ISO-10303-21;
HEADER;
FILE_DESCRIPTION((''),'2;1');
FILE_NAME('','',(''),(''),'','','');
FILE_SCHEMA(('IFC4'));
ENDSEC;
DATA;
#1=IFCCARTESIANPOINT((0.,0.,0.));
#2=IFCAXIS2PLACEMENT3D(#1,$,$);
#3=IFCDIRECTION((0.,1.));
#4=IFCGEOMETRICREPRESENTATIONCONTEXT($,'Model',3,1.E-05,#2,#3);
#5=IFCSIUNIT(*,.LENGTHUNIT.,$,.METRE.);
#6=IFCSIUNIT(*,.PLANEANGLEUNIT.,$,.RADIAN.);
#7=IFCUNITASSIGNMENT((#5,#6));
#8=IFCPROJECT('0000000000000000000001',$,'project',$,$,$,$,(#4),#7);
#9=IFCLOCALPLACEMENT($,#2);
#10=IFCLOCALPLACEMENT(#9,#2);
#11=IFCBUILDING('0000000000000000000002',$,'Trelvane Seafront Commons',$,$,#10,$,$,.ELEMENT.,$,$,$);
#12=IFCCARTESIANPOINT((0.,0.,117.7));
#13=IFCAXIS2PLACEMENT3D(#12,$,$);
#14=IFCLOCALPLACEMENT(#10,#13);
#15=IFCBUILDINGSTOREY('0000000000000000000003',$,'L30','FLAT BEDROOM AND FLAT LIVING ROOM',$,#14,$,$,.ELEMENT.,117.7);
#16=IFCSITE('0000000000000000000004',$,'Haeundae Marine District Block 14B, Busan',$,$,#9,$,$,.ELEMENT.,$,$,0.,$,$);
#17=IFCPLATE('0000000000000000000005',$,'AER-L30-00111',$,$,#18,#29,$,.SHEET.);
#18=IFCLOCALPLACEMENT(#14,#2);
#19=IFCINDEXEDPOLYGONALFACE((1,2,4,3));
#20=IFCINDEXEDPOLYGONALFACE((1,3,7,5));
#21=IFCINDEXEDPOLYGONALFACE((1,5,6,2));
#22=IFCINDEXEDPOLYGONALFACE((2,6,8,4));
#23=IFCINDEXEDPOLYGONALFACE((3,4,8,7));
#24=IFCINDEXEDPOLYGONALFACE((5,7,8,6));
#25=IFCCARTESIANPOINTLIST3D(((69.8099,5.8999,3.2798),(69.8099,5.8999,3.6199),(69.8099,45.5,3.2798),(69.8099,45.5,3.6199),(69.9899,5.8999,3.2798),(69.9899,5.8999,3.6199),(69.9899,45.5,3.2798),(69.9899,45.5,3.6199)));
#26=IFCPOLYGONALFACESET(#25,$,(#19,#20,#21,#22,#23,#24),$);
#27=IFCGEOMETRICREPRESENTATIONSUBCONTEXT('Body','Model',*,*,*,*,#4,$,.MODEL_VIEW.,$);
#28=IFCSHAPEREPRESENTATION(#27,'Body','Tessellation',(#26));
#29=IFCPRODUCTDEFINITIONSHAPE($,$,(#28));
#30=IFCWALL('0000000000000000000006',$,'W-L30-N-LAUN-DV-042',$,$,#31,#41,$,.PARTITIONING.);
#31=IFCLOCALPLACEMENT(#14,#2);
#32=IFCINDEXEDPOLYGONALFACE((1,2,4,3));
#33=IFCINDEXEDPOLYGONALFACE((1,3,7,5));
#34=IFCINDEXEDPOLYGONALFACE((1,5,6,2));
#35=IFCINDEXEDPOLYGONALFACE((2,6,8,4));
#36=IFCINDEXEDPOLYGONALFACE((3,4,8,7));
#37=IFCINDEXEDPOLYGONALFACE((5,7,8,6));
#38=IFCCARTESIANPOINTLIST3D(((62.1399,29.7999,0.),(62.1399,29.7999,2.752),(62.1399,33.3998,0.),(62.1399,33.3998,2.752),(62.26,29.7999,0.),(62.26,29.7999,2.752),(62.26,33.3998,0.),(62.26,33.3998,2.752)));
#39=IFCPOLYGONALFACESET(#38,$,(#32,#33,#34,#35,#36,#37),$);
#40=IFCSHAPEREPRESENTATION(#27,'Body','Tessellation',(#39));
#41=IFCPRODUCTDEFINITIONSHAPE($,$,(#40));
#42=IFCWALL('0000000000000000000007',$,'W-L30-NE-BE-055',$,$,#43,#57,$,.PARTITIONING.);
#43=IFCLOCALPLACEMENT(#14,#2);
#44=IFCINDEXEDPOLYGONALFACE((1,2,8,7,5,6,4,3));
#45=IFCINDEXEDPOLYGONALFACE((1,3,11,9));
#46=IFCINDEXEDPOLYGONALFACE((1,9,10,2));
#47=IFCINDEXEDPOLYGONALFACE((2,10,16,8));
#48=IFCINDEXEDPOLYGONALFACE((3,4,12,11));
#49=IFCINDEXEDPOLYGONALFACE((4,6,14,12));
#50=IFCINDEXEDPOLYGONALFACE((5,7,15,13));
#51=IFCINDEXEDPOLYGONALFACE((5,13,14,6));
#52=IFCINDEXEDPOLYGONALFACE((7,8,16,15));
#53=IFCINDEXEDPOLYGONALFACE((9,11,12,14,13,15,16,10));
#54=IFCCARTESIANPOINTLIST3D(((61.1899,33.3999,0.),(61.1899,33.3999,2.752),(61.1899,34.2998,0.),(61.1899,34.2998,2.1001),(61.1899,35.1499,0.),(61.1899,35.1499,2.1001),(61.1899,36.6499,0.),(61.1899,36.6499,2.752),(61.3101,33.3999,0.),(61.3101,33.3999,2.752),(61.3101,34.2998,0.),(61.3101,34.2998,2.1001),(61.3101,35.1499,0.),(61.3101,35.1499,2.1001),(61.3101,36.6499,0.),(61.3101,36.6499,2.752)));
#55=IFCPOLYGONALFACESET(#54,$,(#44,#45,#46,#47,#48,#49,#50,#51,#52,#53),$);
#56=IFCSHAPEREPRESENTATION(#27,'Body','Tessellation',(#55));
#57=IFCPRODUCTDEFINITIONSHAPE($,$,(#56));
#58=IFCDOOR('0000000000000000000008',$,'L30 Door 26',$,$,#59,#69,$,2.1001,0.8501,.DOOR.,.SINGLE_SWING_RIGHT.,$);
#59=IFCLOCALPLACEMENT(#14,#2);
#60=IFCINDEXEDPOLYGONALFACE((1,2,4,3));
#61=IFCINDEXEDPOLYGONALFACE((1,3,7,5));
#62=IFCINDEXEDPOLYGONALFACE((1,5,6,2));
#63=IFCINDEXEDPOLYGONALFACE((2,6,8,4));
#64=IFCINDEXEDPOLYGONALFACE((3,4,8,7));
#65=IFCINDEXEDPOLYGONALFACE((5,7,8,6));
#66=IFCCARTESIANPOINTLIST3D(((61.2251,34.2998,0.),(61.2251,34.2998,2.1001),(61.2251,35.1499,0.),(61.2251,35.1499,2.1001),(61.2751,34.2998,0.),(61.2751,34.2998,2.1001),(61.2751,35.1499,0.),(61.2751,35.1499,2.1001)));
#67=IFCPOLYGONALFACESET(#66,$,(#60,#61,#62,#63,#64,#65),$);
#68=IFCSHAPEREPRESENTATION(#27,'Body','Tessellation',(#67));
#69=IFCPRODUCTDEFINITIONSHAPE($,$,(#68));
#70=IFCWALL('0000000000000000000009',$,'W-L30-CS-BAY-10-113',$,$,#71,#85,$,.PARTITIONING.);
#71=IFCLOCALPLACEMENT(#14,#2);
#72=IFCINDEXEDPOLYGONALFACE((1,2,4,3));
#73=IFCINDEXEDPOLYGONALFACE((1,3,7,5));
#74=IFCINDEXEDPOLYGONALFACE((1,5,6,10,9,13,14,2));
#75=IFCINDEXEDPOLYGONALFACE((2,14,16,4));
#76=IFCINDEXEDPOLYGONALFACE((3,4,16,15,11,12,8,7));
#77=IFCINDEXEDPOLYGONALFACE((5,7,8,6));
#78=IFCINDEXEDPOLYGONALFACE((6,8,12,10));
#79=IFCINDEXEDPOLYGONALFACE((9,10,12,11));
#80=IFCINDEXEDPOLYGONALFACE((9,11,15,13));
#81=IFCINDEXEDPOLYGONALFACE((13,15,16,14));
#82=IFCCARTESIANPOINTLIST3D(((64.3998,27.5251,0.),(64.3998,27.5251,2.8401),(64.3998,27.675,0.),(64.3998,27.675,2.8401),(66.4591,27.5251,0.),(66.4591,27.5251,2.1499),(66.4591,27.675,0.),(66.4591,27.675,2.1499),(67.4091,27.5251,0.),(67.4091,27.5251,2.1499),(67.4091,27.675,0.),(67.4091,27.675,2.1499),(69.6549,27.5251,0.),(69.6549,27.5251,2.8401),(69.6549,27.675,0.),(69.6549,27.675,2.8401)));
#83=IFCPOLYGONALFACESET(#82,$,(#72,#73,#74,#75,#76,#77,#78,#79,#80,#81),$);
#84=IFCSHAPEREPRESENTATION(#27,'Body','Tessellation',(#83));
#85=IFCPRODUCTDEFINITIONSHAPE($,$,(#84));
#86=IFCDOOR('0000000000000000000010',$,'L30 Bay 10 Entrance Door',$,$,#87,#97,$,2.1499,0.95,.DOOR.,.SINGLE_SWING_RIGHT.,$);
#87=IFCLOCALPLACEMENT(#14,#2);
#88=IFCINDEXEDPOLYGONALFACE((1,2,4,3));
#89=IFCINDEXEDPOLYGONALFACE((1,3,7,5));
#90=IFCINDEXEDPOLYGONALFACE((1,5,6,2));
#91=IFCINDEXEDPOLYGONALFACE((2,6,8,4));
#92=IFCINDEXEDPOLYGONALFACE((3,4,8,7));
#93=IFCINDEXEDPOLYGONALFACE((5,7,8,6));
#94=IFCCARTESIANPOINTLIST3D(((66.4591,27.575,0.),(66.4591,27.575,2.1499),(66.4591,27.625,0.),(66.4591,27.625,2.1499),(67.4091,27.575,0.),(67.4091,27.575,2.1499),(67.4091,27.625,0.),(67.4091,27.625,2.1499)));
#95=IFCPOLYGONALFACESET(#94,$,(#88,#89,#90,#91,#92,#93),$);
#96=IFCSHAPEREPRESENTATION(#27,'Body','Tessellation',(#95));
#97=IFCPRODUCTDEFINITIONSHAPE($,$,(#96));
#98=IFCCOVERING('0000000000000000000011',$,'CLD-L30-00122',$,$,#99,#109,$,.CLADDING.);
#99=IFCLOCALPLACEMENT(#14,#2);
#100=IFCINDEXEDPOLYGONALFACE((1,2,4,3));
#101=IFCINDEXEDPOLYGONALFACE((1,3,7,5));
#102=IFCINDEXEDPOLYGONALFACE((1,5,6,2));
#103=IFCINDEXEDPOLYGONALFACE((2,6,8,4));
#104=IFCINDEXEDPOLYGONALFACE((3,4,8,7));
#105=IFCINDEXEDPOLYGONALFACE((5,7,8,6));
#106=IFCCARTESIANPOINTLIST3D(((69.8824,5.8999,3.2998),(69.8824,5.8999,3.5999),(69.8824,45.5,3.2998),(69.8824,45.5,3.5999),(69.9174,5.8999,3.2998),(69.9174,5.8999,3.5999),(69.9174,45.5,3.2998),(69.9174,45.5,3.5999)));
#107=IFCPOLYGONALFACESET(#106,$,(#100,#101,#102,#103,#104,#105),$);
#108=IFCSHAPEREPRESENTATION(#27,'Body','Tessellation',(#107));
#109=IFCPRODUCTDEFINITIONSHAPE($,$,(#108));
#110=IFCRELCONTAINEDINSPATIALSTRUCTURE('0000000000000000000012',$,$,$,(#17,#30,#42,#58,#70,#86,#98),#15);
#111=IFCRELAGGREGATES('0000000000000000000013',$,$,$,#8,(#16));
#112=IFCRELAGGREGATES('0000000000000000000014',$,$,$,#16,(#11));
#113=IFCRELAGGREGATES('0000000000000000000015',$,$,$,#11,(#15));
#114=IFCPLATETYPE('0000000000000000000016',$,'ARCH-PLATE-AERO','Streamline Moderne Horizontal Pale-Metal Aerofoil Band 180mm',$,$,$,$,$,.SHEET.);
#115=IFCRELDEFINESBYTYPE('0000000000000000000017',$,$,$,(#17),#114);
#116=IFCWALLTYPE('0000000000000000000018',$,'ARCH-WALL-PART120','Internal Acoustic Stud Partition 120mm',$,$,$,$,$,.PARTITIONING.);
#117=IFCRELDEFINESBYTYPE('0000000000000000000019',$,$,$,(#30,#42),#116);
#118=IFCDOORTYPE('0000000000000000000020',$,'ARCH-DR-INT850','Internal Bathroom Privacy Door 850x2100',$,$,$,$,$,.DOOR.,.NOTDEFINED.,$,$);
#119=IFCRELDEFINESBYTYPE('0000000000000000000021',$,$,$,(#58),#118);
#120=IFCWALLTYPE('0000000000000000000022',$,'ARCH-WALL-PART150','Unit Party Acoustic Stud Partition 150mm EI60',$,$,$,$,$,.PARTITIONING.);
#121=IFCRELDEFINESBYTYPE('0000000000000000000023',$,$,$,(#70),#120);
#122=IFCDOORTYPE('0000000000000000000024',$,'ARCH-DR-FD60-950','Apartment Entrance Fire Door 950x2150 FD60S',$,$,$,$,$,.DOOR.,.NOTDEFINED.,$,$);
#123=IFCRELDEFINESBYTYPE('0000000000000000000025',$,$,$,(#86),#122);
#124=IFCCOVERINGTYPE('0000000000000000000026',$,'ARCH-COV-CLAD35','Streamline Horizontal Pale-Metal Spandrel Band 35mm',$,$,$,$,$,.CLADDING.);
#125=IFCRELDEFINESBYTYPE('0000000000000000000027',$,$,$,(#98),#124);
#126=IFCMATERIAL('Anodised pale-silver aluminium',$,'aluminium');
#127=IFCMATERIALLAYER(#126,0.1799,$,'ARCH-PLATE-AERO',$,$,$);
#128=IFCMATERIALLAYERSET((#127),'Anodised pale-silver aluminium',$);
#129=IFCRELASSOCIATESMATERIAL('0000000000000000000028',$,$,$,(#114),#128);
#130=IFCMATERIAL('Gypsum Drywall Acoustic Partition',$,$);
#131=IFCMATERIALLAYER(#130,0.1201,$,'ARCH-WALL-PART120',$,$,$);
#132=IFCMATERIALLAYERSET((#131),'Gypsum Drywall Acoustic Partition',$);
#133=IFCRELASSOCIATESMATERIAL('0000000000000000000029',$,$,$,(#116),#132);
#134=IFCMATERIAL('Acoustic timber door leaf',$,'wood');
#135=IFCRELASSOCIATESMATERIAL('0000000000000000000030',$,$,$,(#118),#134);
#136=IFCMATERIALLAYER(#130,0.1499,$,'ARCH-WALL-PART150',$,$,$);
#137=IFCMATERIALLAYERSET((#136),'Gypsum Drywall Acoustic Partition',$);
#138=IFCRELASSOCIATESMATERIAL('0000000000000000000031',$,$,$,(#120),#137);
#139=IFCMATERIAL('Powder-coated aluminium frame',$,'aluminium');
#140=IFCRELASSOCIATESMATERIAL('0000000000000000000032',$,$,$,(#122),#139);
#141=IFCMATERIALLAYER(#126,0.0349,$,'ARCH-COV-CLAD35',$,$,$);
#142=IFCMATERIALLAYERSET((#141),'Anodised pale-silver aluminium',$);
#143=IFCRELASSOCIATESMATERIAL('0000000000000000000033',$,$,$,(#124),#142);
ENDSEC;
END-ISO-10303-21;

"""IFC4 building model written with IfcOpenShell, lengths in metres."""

from ifc_helpers import new_model, si_unit, direction, frame, frame_2d, origin, origin_2d, place, context, subcontext, project, spatial, rectangle, extrude, source, transform, mapped, material, layer, layer_set, type_object, element, fill, save


model = new_model("IFC4")

# Units and contexts
model_context = context("Model", 3, precision=1e-05, world=origin(), true_north=direction((0.0, 1.0)))
body_context = subcontext(model_context, "Body", "Model", "MODEL_VIEW")
ifc_project = project(units=[si_unit("LENGTHUNIT", "METRE"), si_unit("PLANEANGLEUNIT", "RADIAN")], contexts=[model_context])

# Site, building, storey
site_placement = place(None, origin())
site = spatial("IfcSite", under=ifc_project, at=site_placement, Name="Haeundae Marine District Block 14B, Busan", CompositionType="ELEMENT", RefElevation=0.0)
building_placement = place(site_placement, origin())
building = spatial("IfcBuilding", under=site, at=building_placement, Name="Trelvane Seafront Commons", CompositionType="ELEMENT")
storey_placement = place(building_placement, frame((0.0, 0.0, 117.7)))
storey = spatial("IfcBuildingStorey", under=building, at=storey_placement, Name="L30", Description="FLAT BEDROOM AND FLAT LIVING ROOM", CompositionType="ELEMENT", Elevation=117.7)

# Plate
ifc_material_1 = material(Name="Anodised pale-silver aluminium", Category="aluminium")
ifc_layer_1 = layer(ifc_material_1, 0.1799, Name="ARCH-PLATE-AERO")
ifc_layer_set_1 = layer_set([ifc_layer_1], Name="Anodised pale-silver aluminium")
plate_type = type_object("IfcPlateType", Name="ARCH-PLATE-AERO", Description="Streamline Moderne Horizontal Pale-Metal Aerofoil Band 180mm", PredefinedType="SHEET", material=ifc_layer_set_1)
shared_shape_1 = source(origin(), body_context, "Body", "SweptSolid", [
    extrude(rectangle(XDim=39.6001, YDim=0.1799, at=origin_2d()), origin(), (0.0, 0.0, 1.0), 0.3401),
])
plate_placement = place(storey_placement, frame((69.8999, 25.7, 3.2798), z_axis=(0.0, 0.0, 1.0), x_axis=(0.0, -1.0, 0.0)))
element("IfcPlate", 1, at=plate_placement, inside=storey, type_object=plate_type, Name="AER-L30-00111", PredefinedType="SHEET", context=body_context, shape_type="MappedRepresentation", body=[
    mapped(shared_shape_1, transform((0.0, 0.0, 0.0), x_axis=(1.0, 0.0, 0.0), y_axis=(0.0, 1.0, 0.0), z_axis=(0.0, 0.0, 1.0), scale=1.0)),
])

# Wall
ifc_material_2 = material(Name="Gypsum Drywall Acoustic Partition")
ifc_layer_2 = layer(ifc_material_2, 0.1201, Name="ARCH-WALL-PART120")
ifc_layer_set_2 = layer_set([ifc_layer_2], Name="Gypsum Drywall Acoustic Partition")
wall_type_1 = type_object("IfcWallType", Name="ARCH-WALL-PART120", Description="Internal Acoustic Stud Partition 120mm", PredefinedType="PARTITIONING", material=ifc_layer_set_2)
wall_1_placement = place(storey_placement, frame((62.2, 29.8, 0.0), z_axis=(0.0, 0.0, 1.0), x_axis=(0.0, 1.0, 0.0)))
element("IfcWall", 2, at=wall_1_placement, inside=storey, type_object=wall_type_1, Name="W-L30-N-LAUN-DV-042", PredefinedType="PARTITIONING", context=body_context, shape_type="SweptSolid", body=[
    extrude(rectangle(XDim=3.5999, YDim=0.1201, at=frame_2d((1.7998, 0.0))), origin(), (0.0, 0.0, 1.0), 2.752),
])

# Walls, openings, doors
wall_2_placement = place(storey_placement, frame((61.25, 33.3999, 0.0), z_axis=(0.0, 0.0, 1.0), x_axis=(0.0, 1.0, 0.0)))
wall_2 = element("IfcWall", 3, at=wall_2_placement, inside=storey, type_object=wall_type_1, Name="W-L30-NE-BE-055", PredefinedType="PARTITIONING", context=body_context, shape_type="SweptSolid", body=[
    extrude(rectangle(XDim=3.25, YDim=0.1201, at=frame_2d((1.625, 0.0))), origin(), (0.0, 0.0, 1.0), 2.752),
])
opening_1_placement = place(wall_2_placement, frame((0.8999, 0.0, 0.0)))
opening_1 = element("IfcOpeningElement", 4, at=opening_1_placement, cuts=wall_2, PredefinedType="OPENING", context=body_context, shape_type="SweptSolid", body=[
    extrude(rectangle(XDim=0.8501, YDim=2.1001, at=frame_2d((0.425, 1.05))), frame((0.0, 0.0701, 0.0), z_axis=(0.0, -1.0, 0.0), x_axis=(1.0, 0.0, 0.0)), (0.0, 0.0, 1.0), 0.1401),
])
ifc_material_3 = material(Name="Acoustic timber door leaf", Category="wood")
door_type_1 = type_object("IfcDoorType", Name="ARCH-DR-INT850", Description="Internal Bathroom Privacy Door 850x2100", OperationType="NOTDEFINED", PredefinedType="DOOR", material=ifc_material_3)
shared_shape_2 = source(origin(), body_context, "Body", "SweptSolid", [
    extrude(rectangle(XDim=0.8501, YDim=2.1001, at=frame_2d((0.425, 1.05))), frame((0.0, 0.0249, 0.0), z_axis=(0.0, -1.0, 0.0), x_axis=(1.0, 0.0, 0.0)), (0.0, 0.0, 1.0), 0.05),
])
door_1_placement = place(opening_1_placement, origin())
door_1 = element("IfcDoor", 5, at=door_1_placement, inside=storey, type_object=door_type_1, Name="L30 Door 26", OperationType="SINGLE_SWING_RIGHT", OverallHeight=2.1001, OverallWidth=0.8501, PredefinedType="DOOR", context=body_context, shape_type="MappedRepresentation", body=[
    mapped(shared_shape_2, transform((0.0, 0.0, 0.0), x_axis=(1.0, 0.0, 0.0), y_axis=(0.0, 1.0, 0.0), z_axis=(0.0, 0.0, 1.0), scale=1.0)),
])
fill(opening_1, door_1)
ifc_layer_3 = layer(ifc_material_2, 0.1499, Name="ARCH-WALL-PART150")
ifc_layer_set_3 = layer_set([ifc_layer_3], Name="Gypsum Drywall Acoustic Partition")
wall_type_2 = type_object("IfcWallType", Name="ARCH-WALL-PART150", Description="Unit Party Acoustic Stud Partition 150mm EI60", PredefinedType="PARTITIONING", material=ifc_layer_set_3)
wall_3_placement = place(storey_placement, frame((64.3999, 27.6001, 0.0), z_axis=(0.0, 0.0, 1.0), x_axis=(1.0, 0.0, 0.0)))
wall_3 = element("IfcWall", 6, at=wall_3_placement, inside=storey, type_object=wall_type_2, Name="W-L30-CS-BAY-10-113", PredefinedType="PARTITIONING", context=body_context, shape_type="SweptSolid", body=[
    extrude(rectangle(XDim=5.2551, YDim=0.1499, at=frame_2d((2.6274, 0.0))), origin(), (0.0, 0.0, 1.0), 2.8401),
])
opening_2_placement = place(wall_3_placement, frame((2.0591, 0.0, 0.0)))
opening_2 = element("IfcOpeningElement", 7, at=opening_2_placement, cuts=wall_3, PredefinedType="OPENING", context=body_context, shape_type="SweptSolid", body=[
    extrude(rectangle(XDim=0.95, YDim=2.1499, at=frame_2d((0.4751, 1.075))), frame((0.0, 0.085, 0.0), z_axis=(0.0, -1.0, 0.0), x_axis=(1.0, 0.0, 0.0)), (0.0, 0.0, 1.0), 0.1699),
])
ifc_material_4 = material(Name="Powder-coated aluminium frame", Category="aluminium")
door_type_2 = type_object("IfcDoorType", Name="ARCH-DR-FD60-950", Description="Apartment Entrance Fire Door 950x2150 FD60S", OperationType="NOTDEFINED", PredefinedType="DOOR", material=ifc_material_4)
shared_shape_3 = source(origin(), body_context, "Body", "SweptSolid", [
    extrude(rectangle(XDim=0.95, YDim=2.1499, at=frame_2d((0.4751, 1.075))), frame((0.0, 0.0249, 0.0), z_axis=(0.0, -1.0, 0.0), x_axis=(1.0, 0.0, 0.0)), (0.0, 0.0, 1.0), 0.05),
])
door_2_placement = place(opening_2_placement, origin())
door_2 = element("IfcDoor", 8, at=door_2_placement, inside=storey, type_object=door_type_2, Name="L30 Bay 10 Entrance Door", OperationType="SINGLE_SWING_RIGHT", OverallHeight=2.1499, OverallWidth=0.95, PredefinedType="DOOR", context=body_context, shape_type="MappedRepresentation", body=[
    mapped(shared_shape_3, transform((0.0, 0.0, 0.0), x_axis=(1.0, 0.0, 0.0), y_axis=(0.0, 1.0, 0.0), z_axis=(0.0, 0.0, 1.0), scale=1.0)),
])
fill(opening_2, door_2)

# Covering
ifc_layer_4 = layer(ifc_material_1, 0.0349, Name="ARCH-COV-CLAD35")
ifc_layer_set_4 = layer_set([ifc_layer_4], Name="Anodised pale-silver aluminium")
covering_type = type_object("IfcCoveringType", Name="ARCH-COV-CLAD35", Description="Streamline Horizontal Pale-Metal Spandrel Band 35mm", PredefinedType="CLADDING", material=ifc_layer_set_4)
shared_shape_4 = source(origin(), body_context, "Body", "SweptSolid", [
    extrude(rectangle(XDim=39.6001, YDim=0.0349, at=origin_2d()), origin(), (0.0, 0.0, 1.0), 0.3),
])
covering_placement = place(storey_placement, frame((69.8999, 25.7, 3.2998), z_axis=(0.0, 0.0, 1.0), x_axis=(0.0, -1.0, 0.0)))
element("IfcCovering", 9, at=covering_placement, inside=storey, type_object=covering_type, Name="CLD-L30-00122", PredefinedType="CLADDING", context=body_context, shape_type="MappedRepresentation", body=[
    mapped(shared_shape_4, transform((0.0, 0.0, 0.0), x_axis=(1.0, 0.0, 0.0), y_axis=(0.0, 1.0, 0.0), z_axis=(0.0, 0.0, 1.0), scale=1.0)),
])

save(model, "model.ifc")
